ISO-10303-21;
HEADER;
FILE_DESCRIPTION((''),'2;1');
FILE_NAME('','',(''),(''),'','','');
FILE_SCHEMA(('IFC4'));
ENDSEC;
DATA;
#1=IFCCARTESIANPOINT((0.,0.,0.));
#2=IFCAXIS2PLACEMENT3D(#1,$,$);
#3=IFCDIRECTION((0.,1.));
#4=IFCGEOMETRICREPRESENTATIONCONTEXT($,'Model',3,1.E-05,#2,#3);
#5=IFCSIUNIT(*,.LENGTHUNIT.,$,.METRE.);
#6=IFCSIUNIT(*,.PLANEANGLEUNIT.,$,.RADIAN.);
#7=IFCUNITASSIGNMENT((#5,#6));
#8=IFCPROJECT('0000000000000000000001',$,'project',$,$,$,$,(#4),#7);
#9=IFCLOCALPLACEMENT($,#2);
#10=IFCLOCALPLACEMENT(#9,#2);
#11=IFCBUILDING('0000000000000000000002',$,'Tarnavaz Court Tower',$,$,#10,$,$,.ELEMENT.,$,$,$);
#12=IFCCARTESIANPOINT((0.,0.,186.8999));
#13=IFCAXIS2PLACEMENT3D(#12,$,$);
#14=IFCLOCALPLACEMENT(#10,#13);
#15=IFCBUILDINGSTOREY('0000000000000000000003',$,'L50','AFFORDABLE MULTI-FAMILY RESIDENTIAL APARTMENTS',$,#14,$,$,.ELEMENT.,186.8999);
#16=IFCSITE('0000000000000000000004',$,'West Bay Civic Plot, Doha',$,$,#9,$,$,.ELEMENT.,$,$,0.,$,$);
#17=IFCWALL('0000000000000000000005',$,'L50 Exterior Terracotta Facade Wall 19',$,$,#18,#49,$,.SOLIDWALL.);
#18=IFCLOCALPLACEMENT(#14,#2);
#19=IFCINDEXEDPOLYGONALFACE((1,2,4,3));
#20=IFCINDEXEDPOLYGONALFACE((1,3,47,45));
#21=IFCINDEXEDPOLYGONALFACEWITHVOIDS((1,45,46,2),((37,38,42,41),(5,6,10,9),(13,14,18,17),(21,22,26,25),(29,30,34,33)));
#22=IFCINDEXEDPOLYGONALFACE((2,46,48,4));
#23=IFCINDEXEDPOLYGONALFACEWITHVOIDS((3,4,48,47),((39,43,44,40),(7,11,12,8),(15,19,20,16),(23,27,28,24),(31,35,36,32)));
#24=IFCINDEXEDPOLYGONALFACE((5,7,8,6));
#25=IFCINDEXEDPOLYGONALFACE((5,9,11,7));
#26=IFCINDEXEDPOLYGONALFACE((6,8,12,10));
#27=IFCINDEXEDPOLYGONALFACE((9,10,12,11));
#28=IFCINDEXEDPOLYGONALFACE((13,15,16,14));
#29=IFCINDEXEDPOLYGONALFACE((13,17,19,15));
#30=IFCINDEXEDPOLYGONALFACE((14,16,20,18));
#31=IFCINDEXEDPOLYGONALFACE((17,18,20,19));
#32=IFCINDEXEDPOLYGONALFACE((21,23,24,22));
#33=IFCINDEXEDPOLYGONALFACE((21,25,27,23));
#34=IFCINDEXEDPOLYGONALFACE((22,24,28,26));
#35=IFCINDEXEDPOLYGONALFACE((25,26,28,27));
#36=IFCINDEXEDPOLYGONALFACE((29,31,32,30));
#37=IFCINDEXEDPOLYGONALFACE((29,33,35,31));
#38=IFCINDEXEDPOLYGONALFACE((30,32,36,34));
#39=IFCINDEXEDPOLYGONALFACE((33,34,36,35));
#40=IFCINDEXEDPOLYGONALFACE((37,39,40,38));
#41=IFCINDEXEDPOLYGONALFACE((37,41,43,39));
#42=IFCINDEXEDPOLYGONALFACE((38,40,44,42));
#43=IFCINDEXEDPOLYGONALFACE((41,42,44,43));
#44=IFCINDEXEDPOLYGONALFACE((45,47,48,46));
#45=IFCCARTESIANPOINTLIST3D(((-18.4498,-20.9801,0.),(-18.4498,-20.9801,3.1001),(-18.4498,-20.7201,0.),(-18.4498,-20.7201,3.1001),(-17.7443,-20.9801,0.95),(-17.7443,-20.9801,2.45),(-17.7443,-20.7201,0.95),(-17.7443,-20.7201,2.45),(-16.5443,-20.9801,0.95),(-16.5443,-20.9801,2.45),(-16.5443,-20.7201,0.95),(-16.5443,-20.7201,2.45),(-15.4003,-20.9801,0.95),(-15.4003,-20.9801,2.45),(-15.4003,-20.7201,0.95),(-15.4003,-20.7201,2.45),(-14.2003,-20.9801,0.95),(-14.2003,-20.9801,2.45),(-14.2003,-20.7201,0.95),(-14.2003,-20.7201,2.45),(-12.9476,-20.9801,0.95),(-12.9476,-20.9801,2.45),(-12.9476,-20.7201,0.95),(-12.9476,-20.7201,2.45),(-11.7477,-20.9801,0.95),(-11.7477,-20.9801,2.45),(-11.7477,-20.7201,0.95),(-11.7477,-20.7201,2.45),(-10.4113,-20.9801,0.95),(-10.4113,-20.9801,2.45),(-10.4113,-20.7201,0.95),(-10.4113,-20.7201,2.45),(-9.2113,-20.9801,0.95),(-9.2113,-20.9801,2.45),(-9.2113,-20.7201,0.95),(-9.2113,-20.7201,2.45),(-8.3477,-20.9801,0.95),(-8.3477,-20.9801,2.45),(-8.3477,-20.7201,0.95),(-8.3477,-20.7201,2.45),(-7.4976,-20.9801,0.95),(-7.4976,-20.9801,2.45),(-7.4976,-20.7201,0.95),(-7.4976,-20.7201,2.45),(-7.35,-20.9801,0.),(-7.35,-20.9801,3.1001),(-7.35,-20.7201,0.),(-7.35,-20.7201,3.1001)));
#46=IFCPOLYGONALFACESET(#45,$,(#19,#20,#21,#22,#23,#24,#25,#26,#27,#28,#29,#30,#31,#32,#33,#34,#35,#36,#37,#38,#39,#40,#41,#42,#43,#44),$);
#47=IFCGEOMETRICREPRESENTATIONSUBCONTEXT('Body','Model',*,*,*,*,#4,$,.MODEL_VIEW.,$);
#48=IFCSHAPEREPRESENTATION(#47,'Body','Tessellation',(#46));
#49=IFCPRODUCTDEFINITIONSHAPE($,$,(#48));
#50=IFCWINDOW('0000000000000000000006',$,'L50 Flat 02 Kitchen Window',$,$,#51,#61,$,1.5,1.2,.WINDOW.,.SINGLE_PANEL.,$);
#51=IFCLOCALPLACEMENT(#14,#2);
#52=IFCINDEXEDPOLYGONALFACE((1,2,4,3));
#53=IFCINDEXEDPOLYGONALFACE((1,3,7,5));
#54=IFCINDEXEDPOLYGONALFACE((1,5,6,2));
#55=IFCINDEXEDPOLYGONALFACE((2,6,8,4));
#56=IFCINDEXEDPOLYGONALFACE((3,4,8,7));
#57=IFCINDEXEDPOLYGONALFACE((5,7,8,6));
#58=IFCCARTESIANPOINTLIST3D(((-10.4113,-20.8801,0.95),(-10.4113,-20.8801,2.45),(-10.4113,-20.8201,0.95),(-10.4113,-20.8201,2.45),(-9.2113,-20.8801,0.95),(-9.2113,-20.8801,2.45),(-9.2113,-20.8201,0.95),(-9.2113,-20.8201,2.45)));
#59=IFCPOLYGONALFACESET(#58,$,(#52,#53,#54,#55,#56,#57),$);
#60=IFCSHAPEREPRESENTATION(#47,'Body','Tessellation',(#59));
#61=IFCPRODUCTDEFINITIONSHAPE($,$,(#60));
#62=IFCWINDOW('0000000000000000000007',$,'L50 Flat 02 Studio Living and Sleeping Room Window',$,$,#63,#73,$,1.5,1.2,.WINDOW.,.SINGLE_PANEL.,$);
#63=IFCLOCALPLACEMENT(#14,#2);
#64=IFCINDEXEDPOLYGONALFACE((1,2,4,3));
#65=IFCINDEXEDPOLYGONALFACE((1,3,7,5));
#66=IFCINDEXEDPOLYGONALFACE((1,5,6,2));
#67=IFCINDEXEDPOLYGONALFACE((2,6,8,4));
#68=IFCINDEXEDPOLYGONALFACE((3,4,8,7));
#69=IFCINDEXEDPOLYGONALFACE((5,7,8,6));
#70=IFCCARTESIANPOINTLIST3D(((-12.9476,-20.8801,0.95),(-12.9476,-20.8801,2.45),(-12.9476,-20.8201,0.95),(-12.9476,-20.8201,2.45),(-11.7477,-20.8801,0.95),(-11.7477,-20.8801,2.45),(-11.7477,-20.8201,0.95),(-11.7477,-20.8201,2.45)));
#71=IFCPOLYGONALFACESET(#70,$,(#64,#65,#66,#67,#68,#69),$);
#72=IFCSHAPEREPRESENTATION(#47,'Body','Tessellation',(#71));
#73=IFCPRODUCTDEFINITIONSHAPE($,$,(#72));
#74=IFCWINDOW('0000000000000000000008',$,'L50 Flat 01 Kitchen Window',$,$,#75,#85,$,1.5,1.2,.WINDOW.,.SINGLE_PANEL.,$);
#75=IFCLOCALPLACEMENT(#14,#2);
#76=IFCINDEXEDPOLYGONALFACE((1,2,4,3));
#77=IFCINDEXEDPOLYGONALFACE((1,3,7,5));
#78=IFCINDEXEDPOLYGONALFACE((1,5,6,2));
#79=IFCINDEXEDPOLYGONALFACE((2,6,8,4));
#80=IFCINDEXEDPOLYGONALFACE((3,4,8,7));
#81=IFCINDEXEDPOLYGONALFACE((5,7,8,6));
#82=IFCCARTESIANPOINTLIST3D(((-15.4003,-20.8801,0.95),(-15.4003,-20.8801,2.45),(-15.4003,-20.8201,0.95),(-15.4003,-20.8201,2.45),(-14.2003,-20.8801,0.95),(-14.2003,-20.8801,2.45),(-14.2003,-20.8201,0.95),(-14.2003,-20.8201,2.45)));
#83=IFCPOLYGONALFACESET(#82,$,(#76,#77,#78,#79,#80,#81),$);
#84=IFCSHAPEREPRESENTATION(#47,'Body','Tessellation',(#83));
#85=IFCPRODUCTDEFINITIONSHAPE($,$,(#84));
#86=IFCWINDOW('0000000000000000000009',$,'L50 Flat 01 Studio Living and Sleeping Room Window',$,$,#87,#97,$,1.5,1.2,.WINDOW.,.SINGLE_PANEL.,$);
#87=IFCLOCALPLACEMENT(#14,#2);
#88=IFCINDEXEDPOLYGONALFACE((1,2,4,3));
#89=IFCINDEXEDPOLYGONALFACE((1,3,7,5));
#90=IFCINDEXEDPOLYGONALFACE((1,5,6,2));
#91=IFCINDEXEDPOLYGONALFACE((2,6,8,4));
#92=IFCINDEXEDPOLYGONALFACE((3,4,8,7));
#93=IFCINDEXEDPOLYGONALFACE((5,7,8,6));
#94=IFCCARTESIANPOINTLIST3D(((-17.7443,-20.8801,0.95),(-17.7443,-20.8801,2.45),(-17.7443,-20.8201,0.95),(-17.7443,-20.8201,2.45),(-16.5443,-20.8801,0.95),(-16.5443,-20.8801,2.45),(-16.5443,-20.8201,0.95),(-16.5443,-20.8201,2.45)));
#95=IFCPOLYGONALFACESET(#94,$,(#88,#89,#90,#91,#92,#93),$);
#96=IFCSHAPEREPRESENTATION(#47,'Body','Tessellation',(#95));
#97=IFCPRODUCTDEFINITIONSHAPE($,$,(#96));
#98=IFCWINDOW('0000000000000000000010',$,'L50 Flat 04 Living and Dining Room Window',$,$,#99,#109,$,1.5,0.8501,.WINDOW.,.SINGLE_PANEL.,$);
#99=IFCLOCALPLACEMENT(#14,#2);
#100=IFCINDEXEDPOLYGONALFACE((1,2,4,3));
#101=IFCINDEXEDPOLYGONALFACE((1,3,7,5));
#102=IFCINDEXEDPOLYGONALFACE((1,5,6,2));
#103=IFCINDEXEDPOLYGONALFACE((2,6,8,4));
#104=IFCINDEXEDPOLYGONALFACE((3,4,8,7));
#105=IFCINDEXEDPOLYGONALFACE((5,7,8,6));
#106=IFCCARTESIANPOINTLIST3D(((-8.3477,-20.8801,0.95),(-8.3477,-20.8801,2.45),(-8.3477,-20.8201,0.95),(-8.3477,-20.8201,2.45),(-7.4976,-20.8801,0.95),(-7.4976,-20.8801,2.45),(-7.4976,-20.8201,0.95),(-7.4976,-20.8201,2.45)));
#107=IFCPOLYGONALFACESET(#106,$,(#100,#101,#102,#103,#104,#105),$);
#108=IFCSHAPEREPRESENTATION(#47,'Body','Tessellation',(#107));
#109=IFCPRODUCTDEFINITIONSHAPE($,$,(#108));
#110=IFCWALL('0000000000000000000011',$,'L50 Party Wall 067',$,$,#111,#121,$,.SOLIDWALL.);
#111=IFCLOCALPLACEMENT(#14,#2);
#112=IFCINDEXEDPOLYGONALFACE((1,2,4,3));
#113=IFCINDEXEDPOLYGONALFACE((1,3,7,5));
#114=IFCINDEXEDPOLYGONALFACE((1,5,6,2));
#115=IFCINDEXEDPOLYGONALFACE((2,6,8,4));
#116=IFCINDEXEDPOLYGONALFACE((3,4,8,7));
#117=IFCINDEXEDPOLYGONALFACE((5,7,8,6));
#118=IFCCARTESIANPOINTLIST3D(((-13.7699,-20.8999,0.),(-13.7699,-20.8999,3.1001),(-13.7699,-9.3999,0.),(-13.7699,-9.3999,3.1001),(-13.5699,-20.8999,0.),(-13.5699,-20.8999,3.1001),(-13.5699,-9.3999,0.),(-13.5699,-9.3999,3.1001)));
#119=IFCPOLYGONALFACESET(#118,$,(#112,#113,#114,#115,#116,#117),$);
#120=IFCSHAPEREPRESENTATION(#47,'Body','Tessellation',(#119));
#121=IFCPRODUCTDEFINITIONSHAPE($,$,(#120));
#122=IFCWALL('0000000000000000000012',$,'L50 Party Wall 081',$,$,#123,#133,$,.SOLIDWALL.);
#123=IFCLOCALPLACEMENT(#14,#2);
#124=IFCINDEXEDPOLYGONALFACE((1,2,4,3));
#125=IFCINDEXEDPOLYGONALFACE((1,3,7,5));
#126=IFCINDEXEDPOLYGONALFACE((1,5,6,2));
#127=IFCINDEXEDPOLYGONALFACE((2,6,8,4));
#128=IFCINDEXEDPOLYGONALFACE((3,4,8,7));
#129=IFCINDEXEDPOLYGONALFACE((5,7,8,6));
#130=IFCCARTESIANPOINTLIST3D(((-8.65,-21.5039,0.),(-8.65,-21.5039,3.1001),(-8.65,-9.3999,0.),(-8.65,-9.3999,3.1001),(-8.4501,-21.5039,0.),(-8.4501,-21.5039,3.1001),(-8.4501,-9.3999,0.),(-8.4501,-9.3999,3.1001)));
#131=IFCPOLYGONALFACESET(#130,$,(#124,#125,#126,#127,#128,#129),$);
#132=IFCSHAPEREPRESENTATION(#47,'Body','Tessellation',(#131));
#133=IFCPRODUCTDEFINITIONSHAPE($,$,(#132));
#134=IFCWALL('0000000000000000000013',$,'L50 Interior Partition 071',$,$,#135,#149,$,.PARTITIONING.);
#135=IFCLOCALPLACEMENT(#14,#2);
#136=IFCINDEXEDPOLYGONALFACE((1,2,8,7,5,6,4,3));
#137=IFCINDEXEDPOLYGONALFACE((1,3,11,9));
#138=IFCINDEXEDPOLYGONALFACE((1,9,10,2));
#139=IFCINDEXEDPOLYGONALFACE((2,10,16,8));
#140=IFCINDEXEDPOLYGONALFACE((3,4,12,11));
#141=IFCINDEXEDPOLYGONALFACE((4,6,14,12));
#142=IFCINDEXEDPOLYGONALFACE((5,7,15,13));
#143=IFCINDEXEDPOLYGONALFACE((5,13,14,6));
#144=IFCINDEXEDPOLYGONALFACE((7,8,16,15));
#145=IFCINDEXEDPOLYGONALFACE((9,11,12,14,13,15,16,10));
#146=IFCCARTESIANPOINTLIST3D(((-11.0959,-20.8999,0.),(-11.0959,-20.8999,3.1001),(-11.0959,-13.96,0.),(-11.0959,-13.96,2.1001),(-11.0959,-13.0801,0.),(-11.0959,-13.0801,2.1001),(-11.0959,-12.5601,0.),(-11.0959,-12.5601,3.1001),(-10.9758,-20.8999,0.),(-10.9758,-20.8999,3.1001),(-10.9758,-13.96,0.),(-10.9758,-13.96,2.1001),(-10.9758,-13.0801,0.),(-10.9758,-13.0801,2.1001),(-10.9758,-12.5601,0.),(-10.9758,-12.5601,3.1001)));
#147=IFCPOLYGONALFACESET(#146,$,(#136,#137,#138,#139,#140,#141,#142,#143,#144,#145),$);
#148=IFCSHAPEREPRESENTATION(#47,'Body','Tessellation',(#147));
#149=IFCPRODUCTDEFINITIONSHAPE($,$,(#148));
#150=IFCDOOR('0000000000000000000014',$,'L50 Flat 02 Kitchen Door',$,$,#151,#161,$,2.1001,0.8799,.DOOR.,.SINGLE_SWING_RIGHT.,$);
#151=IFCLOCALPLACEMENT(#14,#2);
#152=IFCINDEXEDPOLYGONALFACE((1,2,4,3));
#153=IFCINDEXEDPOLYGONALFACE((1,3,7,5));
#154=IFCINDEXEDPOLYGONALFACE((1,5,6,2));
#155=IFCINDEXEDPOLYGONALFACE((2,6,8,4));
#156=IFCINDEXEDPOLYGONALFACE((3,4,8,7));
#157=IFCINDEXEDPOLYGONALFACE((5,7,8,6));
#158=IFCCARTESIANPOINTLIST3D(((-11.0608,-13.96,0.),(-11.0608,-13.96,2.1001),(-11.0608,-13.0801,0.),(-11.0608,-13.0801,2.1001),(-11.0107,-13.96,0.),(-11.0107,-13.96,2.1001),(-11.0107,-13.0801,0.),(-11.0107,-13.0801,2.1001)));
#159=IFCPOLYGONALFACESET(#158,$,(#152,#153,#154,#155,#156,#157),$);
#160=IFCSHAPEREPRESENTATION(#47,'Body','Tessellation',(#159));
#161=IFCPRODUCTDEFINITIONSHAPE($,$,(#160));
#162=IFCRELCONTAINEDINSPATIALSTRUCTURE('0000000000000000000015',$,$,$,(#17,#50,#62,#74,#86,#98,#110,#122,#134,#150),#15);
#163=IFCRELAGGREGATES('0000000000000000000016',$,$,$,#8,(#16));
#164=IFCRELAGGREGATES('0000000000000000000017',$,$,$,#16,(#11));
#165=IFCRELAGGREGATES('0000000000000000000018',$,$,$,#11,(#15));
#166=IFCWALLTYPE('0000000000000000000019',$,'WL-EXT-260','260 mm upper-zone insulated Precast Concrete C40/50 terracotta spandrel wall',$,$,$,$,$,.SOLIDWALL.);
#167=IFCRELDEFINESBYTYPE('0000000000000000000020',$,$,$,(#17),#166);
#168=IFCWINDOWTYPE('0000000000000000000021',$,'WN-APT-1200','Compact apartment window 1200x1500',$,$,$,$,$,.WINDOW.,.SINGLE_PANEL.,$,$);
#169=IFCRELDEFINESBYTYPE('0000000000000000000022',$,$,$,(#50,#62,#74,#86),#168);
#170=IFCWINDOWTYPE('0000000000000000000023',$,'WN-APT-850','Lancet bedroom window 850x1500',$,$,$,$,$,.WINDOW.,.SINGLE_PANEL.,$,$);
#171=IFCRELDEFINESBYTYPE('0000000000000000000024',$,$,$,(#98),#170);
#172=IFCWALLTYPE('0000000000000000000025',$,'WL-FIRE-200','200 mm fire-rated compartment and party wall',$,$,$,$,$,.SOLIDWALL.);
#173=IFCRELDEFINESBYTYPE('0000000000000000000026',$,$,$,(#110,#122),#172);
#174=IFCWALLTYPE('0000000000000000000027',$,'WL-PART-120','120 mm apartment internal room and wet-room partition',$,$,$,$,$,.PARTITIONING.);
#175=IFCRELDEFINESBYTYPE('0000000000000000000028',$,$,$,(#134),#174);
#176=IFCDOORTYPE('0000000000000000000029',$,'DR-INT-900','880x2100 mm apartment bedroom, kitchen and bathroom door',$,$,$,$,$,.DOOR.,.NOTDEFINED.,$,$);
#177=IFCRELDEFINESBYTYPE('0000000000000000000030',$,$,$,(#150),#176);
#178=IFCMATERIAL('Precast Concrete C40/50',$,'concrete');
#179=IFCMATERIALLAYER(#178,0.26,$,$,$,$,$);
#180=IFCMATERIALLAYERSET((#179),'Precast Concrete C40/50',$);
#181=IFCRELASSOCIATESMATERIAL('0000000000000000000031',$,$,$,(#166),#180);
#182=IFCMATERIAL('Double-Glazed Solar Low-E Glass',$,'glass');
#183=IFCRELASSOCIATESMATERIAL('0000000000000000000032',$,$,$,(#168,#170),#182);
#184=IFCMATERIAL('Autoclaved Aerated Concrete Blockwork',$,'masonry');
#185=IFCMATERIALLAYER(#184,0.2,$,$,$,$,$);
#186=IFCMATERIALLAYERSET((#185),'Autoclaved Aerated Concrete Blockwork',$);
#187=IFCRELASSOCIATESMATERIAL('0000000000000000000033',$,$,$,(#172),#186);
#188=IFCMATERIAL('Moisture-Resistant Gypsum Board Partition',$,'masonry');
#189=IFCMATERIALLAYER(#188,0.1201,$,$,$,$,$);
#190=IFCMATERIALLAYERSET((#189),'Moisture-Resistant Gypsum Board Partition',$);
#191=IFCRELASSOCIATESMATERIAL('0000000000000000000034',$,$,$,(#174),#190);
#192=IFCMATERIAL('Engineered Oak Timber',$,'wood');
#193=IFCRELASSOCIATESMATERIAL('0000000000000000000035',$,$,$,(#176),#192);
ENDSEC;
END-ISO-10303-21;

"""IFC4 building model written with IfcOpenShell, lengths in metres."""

from ifc_helpers import new_model, si_unit, direction, frame, frame_2d, origin, place, context, subcontext, project, spatial, rectangle, extrude, material, layer, layer_set, type_object, element, fill, save


model = new_model("IFC4")

# Units and contexts
model_context = context("Model", 3, precision=1e-05, world=origin(), true_north=direction((0.0, 1.0)))
body_context = subcontext(model_context, "Body", "Model", "MODEL_VIEW")
ifc_project = project(units=[si_unit("LENGTHUNIT", "METRE"), si_unit("PLANEANGLEUNIT", "RADIAN")], contexts=[model_context])

# Site, building, storey
site_placement = place(None, origin())
site = spatial("IfcSite", under=ifc_project, at=site_placement, Name="West Bay Civic Plot, Doha", CompositionType="ELEMENT", RefElevation=0.0)
building_placement = place(site_placement, origin())
building = spatial("IfcBuilding", under=site, at=building_placement, Name="Tarnavaz Court Tower", CompositionType="ELEMENT")
storey_placement = place(building_placement, frame((0.0, 0.0, 186.8999)))
storey = spatial("IfcBuildingStorey", under=building, at=storey_placement, Name="L50", Description="AFFORDABLE MULTI-FAMILY RESIDENTIAL APARTMENTS", CompositionType="ELEMENT", Elevation=186.8999)

# Shared definitions
ifc_material_1 = material(Name="Double-Glazed Solar Low-E Glass", Category="glass")

# Shared definitions
ifc_material_2 = material(Name="Precast Concrete C40/50", Category="concrete")
ifc_layer_1 = layer(ifc_material_2, 0.26)
ifc_layer_set_1 = layer_set([ifc_layer_1], Name="Precast Concrete C40/50")
wall_type_1 = type_object("IfcWallType", Name="WL-EXT-260", Description="260 mm upper-zone insulated Precast Concrete C40/50 terracotta spandrel wall", PredefinedType="SOLIDWALL", material=ifc_layer_set_1)
window_type_1 = type_object("IfcWindowType", Name="WN-APT-1200", Description="Compact apartment window 1200x1500", PartitioningType="SINGLE_PANEL", PredefinedType="WINDOW", material=ifc_material_1)

# Wall, openings, windows
wall_1_placement = place(storey_placement, frame((-7.3501, -20.8501, 0.0), z_axis=(0.0, 0.0, 1.0), x_axis=(-1.0, 0.0, 0.0)))
wall_1 = element("IfcWall", 1, at=wall_1_placement, inside=storey, type_object=wall_type_1, Name="L50 Exterior Terracotta Facade Wall 19", PredefinedType="SOLIDWALL", context=body_context, shape_type="SweptSolid", body=[
    extrude(rectangle(XDim=11.0999, YDim=0.26, at=frame_2d((5.5498, 0.0))), origin(), (0.0, 0.0, 1.0), 3.1001),
])
opening_1_placement = place(wall_1_placement, frame((0.1475, 0.0, 0.95)))
opening_1 = element("IfcOpeningElement", 2, at=opening_1_placement, cuts=wall_1, PredefinedType="OPENING", context=body_context, shape_type="SweptSolid", body=[
    extrude(rectangle(XDim=0.8501, YDim=1.5, at=frame_2d((0.425, 0.75))), frame((0.0, 0.1399, 0.0), z_axis=(0.0, -1.0, 0.0), x_axis=(1.0, 0.0, 0.0)), (0.0, 0.0, 1.0), 0.28),
])
opening_2_placement = place(wall_1_placement, frame((1.8611, 0.0, 0.95)))
opening_2 = element("IfcOpeningElement", 3, at=opening_2_placement, cuts=wall_1, PredefinedType="OPENING", context=body_context, shape_type="SweptSolid", body=[
    extrude(rectangle(XDim=1.2, YDim=1.5, at=frame_2d((0.6001, 0.75))), frame((0.0, 0.1399, 0.0), z_axis=(0.0, -1.0, 0.0), x_axis=(1.0, 0.0, 0.0)), (0.0, 0.0, 1.0), 0.28),
])
opening_3_placement = place(wall_1_placement, frame((4.3975, 0.0, 0.95)))
opening_3 = element("IfcOpeningElement", 4, at=opening_3_placement, cuts=wall_1, PredefinedType="OPENING", context=body_context, shape_type="SweptSolid", body=[
    extrude(rectangle(XDim=1.2, YDim=1.5, at=frame_2d((0.6001, 0.75))), frame((0.0, 0.1399, 0.0), z_axis=(0.0, -1.0, 0.0), x_axis=(1.0, 0.0, 0.0)), (0.0, 0.0, 1.0), 0.28),
])
opening_4_placement = place(wall_1_placement, frame((6.8501, 0.0, 0.95)))
opening_4 = element("IfcOpeningElement", 5, at=opening_4_placement, cuts=wall_1, PredefinedType="OPENING", context=body_context, shape_type="SweptSolid", body=[
    extrude(rectangle(XDim=1.2, YDim=1.5, at=frame_2d((0.6001, 0.75))), frame((0.0, 0.1399, 0.0), z_axis=(0.0, -1.0, 0.0), x_axis=(1.0, 0.0, 0.0)), (0.0, 0.0, 1.0), 0.28),
])
opening_5_placement = place(wall_1_placement, frame((9.1941, 0.0, 0.95)))
opening_5 = element("IfcOpeningElement", 6, at=opening_5_placement, cuts=wall_1, PredefinedType="OPENING", context=body_context, shape_type="SweptSolid", body=[
    extrude(rectangle(XDim=1.2, YDim=1.5, at=frame_2d((0.6001, 0.75))), frame((0.0, 0.1399, 0.0), z_axis=(0.0, -1.0, 0.0), x_axis=(1.0, 0.0, 0.0)), (0.0, 0.0, 1.0), 0.28),
])
window_1_placement = place(opening_2_placement, origin())
window_1 = element("IfcWindow", 7, at=window_1_placement, inside=storey, type_object=window_type_1, Name="L50 Flat 02 Kitchen Window", OverallHeight=1.5, OverallWidth=1.2, PartitioningType="SINGLE_PANEL", PredefinedType="WINDOW", context=body_context, shape_type="SweptSolid", body=[
    extrude(rectangle(XDim=1.2, YDim=1.5, at=frame_2d((0.6001, 0.75))), frame((0.0, 0.03, 0.0), z_axis=(0.0, -1.0, 0.0), x_axis=(1.0, 0.0, 0.0)), (0.0, 0.0, 1.0), 0.0601),
])
fill(opening_2, window_1)
window_2_placement = place(opening_3_placement, origin())
window_2 = element("IfcWindow", 8, at=window_2_placement, inside=storey, type_object=window_type_1, Name="L50 Flat 02 Studio Living and Sleeping Room Window", OverallHeight=1.5, OverallWidth=1.2, PartitioningType="SINGLE_PANEL", PredefinedType="WINDOW", context=body_context, shape_type="SweptSolid", body=[
    extrude(rectangle(XDim=1.2, YDim=1.5, at=frame_2d((0.6001, 0.75))), frame((0.0, 0.03, 0.0), z_axis=(0.0, -1.0, 0.0), x_axis=(1.0, 0.0, 0.0)), (0.0, 0.0, 1.0), 0.0601),
])
fill(opening_3, window_2)
window_3_placement = place(opening_4_placement, origin())
window_3 = element("IfcWindow", 9, at=window_3_placement, inside=storey, type_object=window_type_1, Name="L50 Flat 01 Kitchen Window", OverallHeight=1.5, OverallWidth=1.2, PartitioningType="SINGLE_PANEL", PredefinedType="WINDOW", context=body_context, shape_type="SweptSolid", body=[
    extrude(rectangle(XDim=1.2, YDim=1.5, at=frame_2d((0.6001, 0.75))), frame((0.0, 0.03, 0.0), z_axis=(0.0, -1.0, 0.0), x_axis=(1.0, 0.0, 0.0)), (0.0, 0.0, 1.0), 0.0601),
])
fill(opening_4, window_3)
window_4_placement = place(opening_5_placement, origin())
window_4 = element("IfcWindow", 10, at=window_4_placement, inside=storey, type_object=window_type_1, Name="L50 Flat 01 Studio Living and Sleeping Room Window", OverallHeight=1.5, OverallWidth=1.2, PartitioningType="SINGLE_PANEL", PredefinedType="WINDOW", context=body_context, shape_type="SweptSolid", body=[
    extrude(rectangle(XDim=1.2, YDim=1.5, at=frame_2d((0.6001, 0.75))), frame((0.0, 0.03, 0.0), z_axis=(0.0, -1.0, 0.0), x_axis=(1.0, 0.0, 0.0)), (0.0, 0.0, 1.0), 0.0601),
])
fill(opening_5, window_4)
window_type_2 = type_object("IfcWindowType", Name="WN-APT-850", Description="Lancet bedroom window 850x1500", PartitioningType="SINGLE_PANEL", PredefinedType="WINDOW", material=ifc_material_1)
window_5_placement = place(opening_1_placement, origin())
window_5 = element("IfcWindow", 11, at=window_5_placement, inside=storey, type_object=window_type_2, Name="L50 Flat 04 Living and Dining Room Window", OverallHeight=1.5, OverallWidth=0.8501, PartitioningType="SINGLE_PANEL", PredefinedType="WINDOW", context=body_context, shape_type="SweptSolid", body=[
    extrude(rectangle(XDim=0.8501, YDim=1.5, at=frame_2d((0.425, 0.75))), frame((0.0, 0.03, 0.0), z_axis=(0.0, -1.0, 0.0), x_axis=(1.0, 0.0, 0.0)), (0.0, 0.0, 1.0), 0.0601),
])
fill(opening_1, window_5)

# Walls
ifc_material_3 = material(Name="Autoclaved Aerated Concrete Blockwork", Category="masonry")
ifc_layer_2 = layer(ifc_material_3, 0.2)
ifc_layer_set_2 = layer_set([ifc_layer_2], Name="Autoclaved Aerated Concrete Blockwork")
wall_type_2 = type_object("IfcWallType", Name="WL-FIRE-200", Description="200 mm fire-rated compartment and party wall", PredefinedType="SOLIDWALL", material=ifc_layer_set_2)
wall_2_placement = place(storey_placement, frame((-13.6699, -20.8999, 0.0), z_axis=(0.0, 0.0, 1.0), x_axis=(0.0, 1.0, 0.0)))
element("IfcWall", 12, at=wall_2_placement, inside=storey, type_object=wall_type_2, Name="L50 Party Wall 067", PredefinedType="SOLIDWALL", context=body_context, shape_type="SweptSolid", body=[
    extrude(rectangle(XDim=11.5, YDim=0.2, at=frame_2d((5.75, 0.0))), origin(), (0.0, 0.0, 1.0), 3.1001),
])
wall_3_placement = place(storey_placement, frame((-8.55, -21.5039, 0.0), z_axis=(0.0, 0.0, 1.0), x_axis=(0.0, 1.0, 0.0)))
element("IfcWall", 13, at=wall_3_placement, inside=storey, type_object=wall_type_2, Name="L50 Party Wall 081", PredefinedType="SOLIDWALL", context=body_context, shape_type="SweptSolid", body=[
    extrude(rectangle(XDim=12.104, YDim=0.2, at=frame_2d((6.052, 0.0))), origin(), (0.0, 0.0, 1.0), 3.1001),
])

# Wall, opening, door
ifc_material_4 = material(Name="Moisture-Resistant Gypsum Board Partition", Category="masonry")
ifc_layer_3 = layer(ifc_material_4, 0.1201)
ifc_layer_set_3 = layer_set([ifc_layer_3], Name="Moisture-Resistant Gypsum Board Partition")
wall_type_3 = type_object("IfcWallType", Name="WL-PART-120", Description="120 mm apartment internal room and wet-room partition", PredefinedType="PARTITIONING", material=ifc_layer_set_3)
wall_4_placement = place(storey_placement, frame((-11.0359, -20.8999, 0.0), z_axis=(0.0, 0.0, 1.0), x_axis=(0.0, 1.0, 0.0)))
wall_4 = element("IfcWall", 14, at=wall_4_placement, inside=storey, type_object=wall_type_3, Name="L50 Interior Partition 071", PredefinedType="PARTITIONING", context=body_context, shape_type="SweptSolid", body=[
    extrude(rectangle(XDim=8.3398, YDim=0.1201, at=frame_2d((4.1699, 0.0))), origin(), (0.0, 0.0, 1.0), 3.1001),
])
opening_6_placement = place(wall_4_placement, frame((6.9399, 0.0, 0.0)))
opening_6 = element("IfcOpeningElement", 15, at=opening_6_placement, cuts=wall_4, PredefinedType="OPENING", context=body_context, shape_type="SweptSolid", body=[
    extrude(rectangle(XDim=0.8799, YDim=2.1001, at=frame_2d((0.4399, 1.05))), frame((0.0, 0.0701, 0.0), z_axis=(0.0, -1.0, 0.0), x_axis=(1.0, 0.0, 0.0)), (0.0, 0.0, 1.0), 0.1401),
])
ifc_material_5 = material(Name="Engineered Oak Timber", Category="wood")
door_type_1 = type_object("IfcDoorType", Name="DR-INT-900", Description="880x2100 mm apartment bedroom, kitchen and bathroom door", OperationType="NOTDEFINED", PredefinedType="DOOR", material=ifc_material_5)
door_1_placement = place(opening_6_placement, origin())
door_1 = element("IfcDoor", 16, at=door_1_placement, inside=storey, type_object=door_type_1, Name="L50 Flat 02 Kitchen Door", OperationType="SINGLE_SWING_RIGHT", OverallHeight=2.1001, OverallWidth=0.8799, PredefinedType="DOOR", context=body_context, shape_type="SweptSolid", body=[
    extrude(rectangle(XDim=0.8799, YDim=2.1001, at=frame_2d((0.4399, 1.05))), frame((0.0, 0.0249, 0.0), z_axis=(0.0, -1.0, 0.0), x_axis=(1.0, 0.0, 0.0)), (0.0, 0.0, 1.0), 0.05),
])
fill(opening_6, door_1)

save(model, "model.ifc")
